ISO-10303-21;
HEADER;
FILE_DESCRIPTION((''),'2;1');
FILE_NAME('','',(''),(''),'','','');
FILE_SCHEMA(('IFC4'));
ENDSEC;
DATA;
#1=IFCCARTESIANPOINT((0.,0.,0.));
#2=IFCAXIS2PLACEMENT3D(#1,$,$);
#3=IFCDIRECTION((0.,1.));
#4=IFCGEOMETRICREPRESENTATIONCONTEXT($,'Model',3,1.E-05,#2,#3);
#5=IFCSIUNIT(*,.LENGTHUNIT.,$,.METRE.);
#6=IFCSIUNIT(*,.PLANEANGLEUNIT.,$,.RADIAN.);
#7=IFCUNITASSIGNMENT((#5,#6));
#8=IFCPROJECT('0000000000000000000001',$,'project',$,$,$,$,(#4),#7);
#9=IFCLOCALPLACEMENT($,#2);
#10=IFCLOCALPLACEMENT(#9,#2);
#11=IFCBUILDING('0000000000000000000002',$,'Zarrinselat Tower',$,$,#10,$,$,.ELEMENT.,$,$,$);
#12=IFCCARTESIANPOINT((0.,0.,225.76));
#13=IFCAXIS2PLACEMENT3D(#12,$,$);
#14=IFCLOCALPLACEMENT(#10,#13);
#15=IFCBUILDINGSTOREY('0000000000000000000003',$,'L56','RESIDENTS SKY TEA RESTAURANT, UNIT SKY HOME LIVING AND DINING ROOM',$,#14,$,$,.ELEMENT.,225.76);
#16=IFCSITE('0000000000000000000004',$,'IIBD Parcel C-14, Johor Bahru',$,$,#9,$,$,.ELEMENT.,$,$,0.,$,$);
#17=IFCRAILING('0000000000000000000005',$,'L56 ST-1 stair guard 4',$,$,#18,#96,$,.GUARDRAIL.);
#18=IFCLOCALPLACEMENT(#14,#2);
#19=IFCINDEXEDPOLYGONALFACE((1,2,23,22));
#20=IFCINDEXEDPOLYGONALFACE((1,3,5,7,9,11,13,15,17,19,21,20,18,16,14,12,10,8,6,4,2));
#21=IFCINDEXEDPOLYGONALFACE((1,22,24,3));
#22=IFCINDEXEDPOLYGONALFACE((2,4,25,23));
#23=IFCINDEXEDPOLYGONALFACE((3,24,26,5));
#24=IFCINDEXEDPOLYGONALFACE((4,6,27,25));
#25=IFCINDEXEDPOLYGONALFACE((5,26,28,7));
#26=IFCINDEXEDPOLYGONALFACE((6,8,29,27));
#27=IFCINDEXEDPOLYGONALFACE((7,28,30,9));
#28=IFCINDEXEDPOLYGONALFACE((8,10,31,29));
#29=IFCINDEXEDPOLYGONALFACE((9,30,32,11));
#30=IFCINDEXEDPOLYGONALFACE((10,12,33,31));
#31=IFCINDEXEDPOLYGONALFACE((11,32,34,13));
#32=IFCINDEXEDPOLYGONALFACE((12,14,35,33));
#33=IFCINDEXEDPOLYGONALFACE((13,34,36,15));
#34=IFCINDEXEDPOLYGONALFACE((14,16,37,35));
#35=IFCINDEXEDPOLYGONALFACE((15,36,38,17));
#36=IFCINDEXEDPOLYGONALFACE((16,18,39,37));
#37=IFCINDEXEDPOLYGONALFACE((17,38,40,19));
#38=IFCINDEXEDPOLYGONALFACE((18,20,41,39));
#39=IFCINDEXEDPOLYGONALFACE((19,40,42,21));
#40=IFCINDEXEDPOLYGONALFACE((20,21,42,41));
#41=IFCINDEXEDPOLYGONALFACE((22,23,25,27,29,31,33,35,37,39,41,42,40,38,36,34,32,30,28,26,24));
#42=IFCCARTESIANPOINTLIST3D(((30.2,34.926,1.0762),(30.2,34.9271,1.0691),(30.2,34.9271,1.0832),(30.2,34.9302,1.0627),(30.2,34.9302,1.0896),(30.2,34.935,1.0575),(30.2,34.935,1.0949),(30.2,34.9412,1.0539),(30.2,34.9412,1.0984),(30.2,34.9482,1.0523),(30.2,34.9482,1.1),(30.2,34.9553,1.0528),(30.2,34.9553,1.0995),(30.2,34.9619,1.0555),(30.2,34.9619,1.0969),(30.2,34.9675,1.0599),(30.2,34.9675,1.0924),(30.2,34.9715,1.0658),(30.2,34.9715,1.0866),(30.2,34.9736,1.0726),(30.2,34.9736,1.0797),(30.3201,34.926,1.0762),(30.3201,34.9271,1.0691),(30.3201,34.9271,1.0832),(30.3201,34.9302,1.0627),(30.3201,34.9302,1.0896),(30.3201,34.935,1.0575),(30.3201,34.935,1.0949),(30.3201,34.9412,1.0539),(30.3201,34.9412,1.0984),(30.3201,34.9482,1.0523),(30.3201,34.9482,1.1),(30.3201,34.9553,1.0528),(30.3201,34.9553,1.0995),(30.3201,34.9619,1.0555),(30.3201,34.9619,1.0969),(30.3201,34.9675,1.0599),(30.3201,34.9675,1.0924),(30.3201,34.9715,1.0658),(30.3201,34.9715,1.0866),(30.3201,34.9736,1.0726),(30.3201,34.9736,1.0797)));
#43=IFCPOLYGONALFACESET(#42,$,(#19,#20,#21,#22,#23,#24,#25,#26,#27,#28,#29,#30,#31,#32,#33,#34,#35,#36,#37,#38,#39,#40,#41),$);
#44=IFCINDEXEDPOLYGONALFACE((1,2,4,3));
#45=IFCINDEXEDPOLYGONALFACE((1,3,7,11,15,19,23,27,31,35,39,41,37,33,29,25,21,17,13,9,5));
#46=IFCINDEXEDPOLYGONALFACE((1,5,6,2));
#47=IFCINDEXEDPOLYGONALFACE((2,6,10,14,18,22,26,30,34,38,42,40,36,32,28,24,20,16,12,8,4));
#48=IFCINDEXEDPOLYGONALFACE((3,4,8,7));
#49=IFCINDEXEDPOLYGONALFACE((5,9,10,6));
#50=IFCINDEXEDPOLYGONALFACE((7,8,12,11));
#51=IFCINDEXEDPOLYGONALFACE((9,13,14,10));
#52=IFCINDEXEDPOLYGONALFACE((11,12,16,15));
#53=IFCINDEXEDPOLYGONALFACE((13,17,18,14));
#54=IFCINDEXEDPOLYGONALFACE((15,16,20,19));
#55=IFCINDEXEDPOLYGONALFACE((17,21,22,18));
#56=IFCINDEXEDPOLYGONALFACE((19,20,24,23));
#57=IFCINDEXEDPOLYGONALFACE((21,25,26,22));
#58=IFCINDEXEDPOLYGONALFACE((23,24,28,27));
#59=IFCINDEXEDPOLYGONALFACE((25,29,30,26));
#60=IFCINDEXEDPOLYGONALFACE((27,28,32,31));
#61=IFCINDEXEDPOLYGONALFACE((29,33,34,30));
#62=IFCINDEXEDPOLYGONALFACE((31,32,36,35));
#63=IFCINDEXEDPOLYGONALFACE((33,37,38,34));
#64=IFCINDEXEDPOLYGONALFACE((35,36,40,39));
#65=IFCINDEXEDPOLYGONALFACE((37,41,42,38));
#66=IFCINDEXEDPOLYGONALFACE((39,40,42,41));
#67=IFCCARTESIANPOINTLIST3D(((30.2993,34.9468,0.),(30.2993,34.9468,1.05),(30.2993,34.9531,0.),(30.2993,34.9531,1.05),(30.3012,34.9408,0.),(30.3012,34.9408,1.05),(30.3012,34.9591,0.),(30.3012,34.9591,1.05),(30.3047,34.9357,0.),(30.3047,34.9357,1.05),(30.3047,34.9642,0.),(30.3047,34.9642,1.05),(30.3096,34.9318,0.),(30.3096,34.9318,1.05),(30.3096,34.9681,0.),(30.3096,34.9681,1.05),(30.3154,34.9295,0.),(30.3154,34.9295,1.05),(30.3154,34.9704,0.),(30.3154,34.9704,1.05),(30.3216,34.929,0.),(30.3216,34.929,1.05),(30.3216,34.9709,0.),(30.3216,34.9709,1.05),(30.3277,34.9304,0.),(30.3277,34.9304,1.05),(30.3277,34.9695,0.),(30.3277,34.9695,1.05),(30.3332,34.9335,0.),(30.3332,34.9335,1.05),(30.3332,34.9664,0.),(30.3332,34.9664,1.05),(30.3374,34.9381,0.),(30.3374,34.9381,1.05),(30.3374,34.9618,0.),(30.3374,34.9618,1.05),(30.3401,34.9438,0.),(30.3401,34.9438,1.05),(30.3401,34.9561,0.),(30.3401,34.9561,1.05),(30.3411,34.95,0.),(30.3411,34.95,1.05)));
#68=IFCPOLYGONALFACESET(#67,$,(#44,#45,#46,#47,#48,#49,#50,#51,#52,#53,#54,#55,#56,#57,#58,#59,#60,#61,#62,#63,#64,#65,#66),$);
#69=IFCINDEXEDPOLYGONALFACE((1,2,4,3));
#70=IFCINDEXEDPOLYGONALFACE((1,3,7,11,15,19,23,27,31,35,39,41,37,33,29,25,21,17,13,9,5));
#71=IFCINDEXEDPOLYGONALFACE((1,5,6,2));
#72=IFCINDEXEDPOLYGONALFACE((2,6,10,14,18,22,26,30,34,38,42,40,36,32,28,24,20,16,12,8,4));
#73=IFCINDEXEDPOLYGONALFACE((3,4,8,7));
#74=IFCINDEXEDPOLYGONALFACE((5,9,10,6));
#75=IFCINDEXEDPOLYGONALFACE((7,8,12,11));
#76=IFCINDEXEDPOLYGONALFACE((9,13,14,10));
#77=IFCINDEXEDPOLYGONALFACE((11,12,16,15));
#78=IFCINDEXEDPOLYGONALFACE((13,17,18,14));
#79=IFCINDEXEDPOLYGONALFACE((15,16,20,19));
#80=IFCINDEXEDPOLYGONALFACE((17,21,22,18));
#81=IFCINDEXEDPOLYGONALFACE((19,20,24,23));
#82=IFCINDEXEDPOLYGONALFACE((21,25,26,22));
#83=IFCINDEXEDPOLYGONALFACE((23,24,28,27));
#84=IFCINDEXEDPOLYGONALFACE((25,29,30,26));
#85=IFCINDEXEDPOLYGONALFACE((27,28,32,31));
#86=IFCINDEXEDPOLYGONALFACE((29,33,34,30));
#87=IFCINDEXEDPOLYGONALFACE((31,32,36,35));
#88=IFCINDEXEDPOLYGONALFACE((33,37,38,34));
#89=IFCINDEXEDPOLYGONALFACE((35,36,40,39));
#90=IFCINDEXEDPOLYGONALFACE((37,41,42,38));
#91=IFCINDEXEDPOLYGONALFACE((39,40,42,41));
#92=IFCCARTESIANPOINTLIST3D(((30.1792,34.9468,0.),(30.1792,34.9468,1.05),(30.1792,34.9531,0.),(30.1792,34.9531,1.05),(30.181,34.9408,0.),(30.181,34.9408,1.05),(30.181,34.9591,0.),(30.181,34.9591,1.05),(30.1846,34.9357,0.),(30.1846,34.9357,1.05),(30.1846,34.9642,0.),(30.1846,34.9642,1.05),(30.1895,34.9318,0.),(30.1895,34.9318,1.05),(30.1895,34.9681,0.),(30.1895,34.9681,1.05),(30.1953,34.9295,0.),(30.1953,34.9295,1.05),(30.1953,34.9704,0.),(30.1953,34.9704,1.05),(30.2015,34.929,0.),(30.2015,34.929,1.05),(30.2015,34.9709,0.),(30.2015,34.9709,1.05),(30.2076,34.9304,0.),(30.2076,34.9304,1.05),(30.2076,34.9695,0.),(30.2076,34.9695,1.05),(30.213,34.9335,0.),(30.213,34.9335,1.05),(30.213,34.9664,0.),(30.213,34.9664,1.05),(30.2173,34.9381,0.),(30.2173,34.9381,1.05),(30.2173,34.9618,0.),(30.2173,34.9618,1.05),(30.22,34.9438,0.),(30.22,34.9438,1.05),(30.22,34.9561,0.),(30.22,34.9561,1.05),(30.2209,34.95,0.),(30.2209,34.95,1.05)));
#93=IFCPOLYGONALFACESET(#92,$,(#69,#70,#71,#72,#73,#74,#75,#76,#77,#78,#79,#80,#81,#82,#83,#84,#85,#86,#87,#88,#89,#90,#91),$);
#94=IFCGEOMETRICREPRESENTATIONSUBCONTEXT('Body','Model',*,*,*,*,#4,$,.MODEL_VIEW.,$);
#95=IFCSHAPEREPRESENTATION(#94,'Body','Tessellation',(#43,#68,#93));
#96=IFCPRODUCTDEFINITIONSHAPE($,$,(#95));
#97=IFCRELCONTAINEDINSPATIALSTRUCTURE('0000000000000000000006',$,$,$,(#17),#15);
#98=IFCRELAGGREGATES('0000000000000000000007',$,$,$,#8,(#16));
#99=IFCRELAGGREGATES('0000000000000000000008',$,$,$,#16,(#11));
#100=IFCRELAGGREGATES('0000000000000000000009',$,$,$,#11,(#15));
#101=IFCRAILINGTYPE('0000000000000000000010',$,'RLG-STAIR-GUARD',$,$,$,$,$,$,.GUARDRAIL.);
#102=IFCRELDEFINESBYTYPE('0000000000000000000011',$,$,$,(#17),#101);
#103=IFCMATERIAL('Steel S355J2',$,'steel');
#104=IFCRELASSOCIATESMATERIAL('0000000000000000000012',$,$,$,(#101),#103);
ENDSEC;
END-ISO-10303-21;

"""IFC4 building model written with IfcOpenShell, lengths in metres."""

from ifc_helpers import new_model, si_unit, direction, frame, origin, origin_2d, place, context, subcontext, project, spatial, circle, extrude, material, type_object, element, save


model = new_model("IFC4")

# Units and contexts
model_context = context("Model", 3, precision=1e-05, world=origin(), true_north=direction((0.0, 1.0)))
body_context = subcontext(model_context, "Body", "Model", "MODEL_VIEW")
ifc_project = project(units=[si_unit("LENGTHUNIT", "METRE"), si_unit("PLANEANGLEUNIT", "RADIAN")], contexts=[model_context])

# Site, building, storey
site_placement = place(None, origin())
site = spatial("IfcSite", under=ifc_project, at=site_placement, Name="IIBD Parcel C-14, Johor Bahru", CompositionType="ELEMENT", RefElevation=0.0)
building_placement = place(site_placement, origin())
building = spatial("IfcBuilding", under=site, at=building_placement, Name="Zarrinselat Tower", CompositionType="ELEMENT")
storey_placement = place(building_placement, frame((0.0, 0.0, 225.76)))
storey = spatial("IfcBuildingStorey", under=building, at=storey_placement, Name="L56", Description="RESIDENTS SKY TEA RESTAURANT, UNIT SKY HOME LIVING AND DINING ROOM", CompositionType="ELEMENT", Elevation=225.76)

# Railing
ifc_material_1 = material(Name="Steel S355J2", Category="steel")
railing_type_1 = type_object("IfcRailingType", Name="RLG-STAIR-GUARD", PredefinedType="GUARDRAIL", material=ifc_material_1)
railing_1_placement = place(storey_placement, frame((30.3201, 34.95, 0.0)))
element("IfcRailing", 1, at=railing_1_placement, inside=storey, type_object=railing_type_1, Name="L56 ST-1 stair guard 4", PredefinedType="GUARDRAIL", context=body_context, shape_type="SweptSolid", body=[
    extrude(circle(Radius=0.0239, at=origin_2d()), frame((0.0, 0.0, 1.0762), z_axis=(-1.0, 0.0, 0.0), x_axis=(0.0, -1.0, 0.0)), (0.0, 0.0, 1.0), 0.1201),
    extrude(circle(Radius=0.021, at=origin_2d()), origin(), (0.0, 0.0, 1.0), 1.05),
    extrude(circle(Radius=0.021, at=origin_2d()), frame((-0.1201, 0.0, 0.0)), (0.0, 0.0, 1.0), 1.05),
])

save(model, "model.ifc")
